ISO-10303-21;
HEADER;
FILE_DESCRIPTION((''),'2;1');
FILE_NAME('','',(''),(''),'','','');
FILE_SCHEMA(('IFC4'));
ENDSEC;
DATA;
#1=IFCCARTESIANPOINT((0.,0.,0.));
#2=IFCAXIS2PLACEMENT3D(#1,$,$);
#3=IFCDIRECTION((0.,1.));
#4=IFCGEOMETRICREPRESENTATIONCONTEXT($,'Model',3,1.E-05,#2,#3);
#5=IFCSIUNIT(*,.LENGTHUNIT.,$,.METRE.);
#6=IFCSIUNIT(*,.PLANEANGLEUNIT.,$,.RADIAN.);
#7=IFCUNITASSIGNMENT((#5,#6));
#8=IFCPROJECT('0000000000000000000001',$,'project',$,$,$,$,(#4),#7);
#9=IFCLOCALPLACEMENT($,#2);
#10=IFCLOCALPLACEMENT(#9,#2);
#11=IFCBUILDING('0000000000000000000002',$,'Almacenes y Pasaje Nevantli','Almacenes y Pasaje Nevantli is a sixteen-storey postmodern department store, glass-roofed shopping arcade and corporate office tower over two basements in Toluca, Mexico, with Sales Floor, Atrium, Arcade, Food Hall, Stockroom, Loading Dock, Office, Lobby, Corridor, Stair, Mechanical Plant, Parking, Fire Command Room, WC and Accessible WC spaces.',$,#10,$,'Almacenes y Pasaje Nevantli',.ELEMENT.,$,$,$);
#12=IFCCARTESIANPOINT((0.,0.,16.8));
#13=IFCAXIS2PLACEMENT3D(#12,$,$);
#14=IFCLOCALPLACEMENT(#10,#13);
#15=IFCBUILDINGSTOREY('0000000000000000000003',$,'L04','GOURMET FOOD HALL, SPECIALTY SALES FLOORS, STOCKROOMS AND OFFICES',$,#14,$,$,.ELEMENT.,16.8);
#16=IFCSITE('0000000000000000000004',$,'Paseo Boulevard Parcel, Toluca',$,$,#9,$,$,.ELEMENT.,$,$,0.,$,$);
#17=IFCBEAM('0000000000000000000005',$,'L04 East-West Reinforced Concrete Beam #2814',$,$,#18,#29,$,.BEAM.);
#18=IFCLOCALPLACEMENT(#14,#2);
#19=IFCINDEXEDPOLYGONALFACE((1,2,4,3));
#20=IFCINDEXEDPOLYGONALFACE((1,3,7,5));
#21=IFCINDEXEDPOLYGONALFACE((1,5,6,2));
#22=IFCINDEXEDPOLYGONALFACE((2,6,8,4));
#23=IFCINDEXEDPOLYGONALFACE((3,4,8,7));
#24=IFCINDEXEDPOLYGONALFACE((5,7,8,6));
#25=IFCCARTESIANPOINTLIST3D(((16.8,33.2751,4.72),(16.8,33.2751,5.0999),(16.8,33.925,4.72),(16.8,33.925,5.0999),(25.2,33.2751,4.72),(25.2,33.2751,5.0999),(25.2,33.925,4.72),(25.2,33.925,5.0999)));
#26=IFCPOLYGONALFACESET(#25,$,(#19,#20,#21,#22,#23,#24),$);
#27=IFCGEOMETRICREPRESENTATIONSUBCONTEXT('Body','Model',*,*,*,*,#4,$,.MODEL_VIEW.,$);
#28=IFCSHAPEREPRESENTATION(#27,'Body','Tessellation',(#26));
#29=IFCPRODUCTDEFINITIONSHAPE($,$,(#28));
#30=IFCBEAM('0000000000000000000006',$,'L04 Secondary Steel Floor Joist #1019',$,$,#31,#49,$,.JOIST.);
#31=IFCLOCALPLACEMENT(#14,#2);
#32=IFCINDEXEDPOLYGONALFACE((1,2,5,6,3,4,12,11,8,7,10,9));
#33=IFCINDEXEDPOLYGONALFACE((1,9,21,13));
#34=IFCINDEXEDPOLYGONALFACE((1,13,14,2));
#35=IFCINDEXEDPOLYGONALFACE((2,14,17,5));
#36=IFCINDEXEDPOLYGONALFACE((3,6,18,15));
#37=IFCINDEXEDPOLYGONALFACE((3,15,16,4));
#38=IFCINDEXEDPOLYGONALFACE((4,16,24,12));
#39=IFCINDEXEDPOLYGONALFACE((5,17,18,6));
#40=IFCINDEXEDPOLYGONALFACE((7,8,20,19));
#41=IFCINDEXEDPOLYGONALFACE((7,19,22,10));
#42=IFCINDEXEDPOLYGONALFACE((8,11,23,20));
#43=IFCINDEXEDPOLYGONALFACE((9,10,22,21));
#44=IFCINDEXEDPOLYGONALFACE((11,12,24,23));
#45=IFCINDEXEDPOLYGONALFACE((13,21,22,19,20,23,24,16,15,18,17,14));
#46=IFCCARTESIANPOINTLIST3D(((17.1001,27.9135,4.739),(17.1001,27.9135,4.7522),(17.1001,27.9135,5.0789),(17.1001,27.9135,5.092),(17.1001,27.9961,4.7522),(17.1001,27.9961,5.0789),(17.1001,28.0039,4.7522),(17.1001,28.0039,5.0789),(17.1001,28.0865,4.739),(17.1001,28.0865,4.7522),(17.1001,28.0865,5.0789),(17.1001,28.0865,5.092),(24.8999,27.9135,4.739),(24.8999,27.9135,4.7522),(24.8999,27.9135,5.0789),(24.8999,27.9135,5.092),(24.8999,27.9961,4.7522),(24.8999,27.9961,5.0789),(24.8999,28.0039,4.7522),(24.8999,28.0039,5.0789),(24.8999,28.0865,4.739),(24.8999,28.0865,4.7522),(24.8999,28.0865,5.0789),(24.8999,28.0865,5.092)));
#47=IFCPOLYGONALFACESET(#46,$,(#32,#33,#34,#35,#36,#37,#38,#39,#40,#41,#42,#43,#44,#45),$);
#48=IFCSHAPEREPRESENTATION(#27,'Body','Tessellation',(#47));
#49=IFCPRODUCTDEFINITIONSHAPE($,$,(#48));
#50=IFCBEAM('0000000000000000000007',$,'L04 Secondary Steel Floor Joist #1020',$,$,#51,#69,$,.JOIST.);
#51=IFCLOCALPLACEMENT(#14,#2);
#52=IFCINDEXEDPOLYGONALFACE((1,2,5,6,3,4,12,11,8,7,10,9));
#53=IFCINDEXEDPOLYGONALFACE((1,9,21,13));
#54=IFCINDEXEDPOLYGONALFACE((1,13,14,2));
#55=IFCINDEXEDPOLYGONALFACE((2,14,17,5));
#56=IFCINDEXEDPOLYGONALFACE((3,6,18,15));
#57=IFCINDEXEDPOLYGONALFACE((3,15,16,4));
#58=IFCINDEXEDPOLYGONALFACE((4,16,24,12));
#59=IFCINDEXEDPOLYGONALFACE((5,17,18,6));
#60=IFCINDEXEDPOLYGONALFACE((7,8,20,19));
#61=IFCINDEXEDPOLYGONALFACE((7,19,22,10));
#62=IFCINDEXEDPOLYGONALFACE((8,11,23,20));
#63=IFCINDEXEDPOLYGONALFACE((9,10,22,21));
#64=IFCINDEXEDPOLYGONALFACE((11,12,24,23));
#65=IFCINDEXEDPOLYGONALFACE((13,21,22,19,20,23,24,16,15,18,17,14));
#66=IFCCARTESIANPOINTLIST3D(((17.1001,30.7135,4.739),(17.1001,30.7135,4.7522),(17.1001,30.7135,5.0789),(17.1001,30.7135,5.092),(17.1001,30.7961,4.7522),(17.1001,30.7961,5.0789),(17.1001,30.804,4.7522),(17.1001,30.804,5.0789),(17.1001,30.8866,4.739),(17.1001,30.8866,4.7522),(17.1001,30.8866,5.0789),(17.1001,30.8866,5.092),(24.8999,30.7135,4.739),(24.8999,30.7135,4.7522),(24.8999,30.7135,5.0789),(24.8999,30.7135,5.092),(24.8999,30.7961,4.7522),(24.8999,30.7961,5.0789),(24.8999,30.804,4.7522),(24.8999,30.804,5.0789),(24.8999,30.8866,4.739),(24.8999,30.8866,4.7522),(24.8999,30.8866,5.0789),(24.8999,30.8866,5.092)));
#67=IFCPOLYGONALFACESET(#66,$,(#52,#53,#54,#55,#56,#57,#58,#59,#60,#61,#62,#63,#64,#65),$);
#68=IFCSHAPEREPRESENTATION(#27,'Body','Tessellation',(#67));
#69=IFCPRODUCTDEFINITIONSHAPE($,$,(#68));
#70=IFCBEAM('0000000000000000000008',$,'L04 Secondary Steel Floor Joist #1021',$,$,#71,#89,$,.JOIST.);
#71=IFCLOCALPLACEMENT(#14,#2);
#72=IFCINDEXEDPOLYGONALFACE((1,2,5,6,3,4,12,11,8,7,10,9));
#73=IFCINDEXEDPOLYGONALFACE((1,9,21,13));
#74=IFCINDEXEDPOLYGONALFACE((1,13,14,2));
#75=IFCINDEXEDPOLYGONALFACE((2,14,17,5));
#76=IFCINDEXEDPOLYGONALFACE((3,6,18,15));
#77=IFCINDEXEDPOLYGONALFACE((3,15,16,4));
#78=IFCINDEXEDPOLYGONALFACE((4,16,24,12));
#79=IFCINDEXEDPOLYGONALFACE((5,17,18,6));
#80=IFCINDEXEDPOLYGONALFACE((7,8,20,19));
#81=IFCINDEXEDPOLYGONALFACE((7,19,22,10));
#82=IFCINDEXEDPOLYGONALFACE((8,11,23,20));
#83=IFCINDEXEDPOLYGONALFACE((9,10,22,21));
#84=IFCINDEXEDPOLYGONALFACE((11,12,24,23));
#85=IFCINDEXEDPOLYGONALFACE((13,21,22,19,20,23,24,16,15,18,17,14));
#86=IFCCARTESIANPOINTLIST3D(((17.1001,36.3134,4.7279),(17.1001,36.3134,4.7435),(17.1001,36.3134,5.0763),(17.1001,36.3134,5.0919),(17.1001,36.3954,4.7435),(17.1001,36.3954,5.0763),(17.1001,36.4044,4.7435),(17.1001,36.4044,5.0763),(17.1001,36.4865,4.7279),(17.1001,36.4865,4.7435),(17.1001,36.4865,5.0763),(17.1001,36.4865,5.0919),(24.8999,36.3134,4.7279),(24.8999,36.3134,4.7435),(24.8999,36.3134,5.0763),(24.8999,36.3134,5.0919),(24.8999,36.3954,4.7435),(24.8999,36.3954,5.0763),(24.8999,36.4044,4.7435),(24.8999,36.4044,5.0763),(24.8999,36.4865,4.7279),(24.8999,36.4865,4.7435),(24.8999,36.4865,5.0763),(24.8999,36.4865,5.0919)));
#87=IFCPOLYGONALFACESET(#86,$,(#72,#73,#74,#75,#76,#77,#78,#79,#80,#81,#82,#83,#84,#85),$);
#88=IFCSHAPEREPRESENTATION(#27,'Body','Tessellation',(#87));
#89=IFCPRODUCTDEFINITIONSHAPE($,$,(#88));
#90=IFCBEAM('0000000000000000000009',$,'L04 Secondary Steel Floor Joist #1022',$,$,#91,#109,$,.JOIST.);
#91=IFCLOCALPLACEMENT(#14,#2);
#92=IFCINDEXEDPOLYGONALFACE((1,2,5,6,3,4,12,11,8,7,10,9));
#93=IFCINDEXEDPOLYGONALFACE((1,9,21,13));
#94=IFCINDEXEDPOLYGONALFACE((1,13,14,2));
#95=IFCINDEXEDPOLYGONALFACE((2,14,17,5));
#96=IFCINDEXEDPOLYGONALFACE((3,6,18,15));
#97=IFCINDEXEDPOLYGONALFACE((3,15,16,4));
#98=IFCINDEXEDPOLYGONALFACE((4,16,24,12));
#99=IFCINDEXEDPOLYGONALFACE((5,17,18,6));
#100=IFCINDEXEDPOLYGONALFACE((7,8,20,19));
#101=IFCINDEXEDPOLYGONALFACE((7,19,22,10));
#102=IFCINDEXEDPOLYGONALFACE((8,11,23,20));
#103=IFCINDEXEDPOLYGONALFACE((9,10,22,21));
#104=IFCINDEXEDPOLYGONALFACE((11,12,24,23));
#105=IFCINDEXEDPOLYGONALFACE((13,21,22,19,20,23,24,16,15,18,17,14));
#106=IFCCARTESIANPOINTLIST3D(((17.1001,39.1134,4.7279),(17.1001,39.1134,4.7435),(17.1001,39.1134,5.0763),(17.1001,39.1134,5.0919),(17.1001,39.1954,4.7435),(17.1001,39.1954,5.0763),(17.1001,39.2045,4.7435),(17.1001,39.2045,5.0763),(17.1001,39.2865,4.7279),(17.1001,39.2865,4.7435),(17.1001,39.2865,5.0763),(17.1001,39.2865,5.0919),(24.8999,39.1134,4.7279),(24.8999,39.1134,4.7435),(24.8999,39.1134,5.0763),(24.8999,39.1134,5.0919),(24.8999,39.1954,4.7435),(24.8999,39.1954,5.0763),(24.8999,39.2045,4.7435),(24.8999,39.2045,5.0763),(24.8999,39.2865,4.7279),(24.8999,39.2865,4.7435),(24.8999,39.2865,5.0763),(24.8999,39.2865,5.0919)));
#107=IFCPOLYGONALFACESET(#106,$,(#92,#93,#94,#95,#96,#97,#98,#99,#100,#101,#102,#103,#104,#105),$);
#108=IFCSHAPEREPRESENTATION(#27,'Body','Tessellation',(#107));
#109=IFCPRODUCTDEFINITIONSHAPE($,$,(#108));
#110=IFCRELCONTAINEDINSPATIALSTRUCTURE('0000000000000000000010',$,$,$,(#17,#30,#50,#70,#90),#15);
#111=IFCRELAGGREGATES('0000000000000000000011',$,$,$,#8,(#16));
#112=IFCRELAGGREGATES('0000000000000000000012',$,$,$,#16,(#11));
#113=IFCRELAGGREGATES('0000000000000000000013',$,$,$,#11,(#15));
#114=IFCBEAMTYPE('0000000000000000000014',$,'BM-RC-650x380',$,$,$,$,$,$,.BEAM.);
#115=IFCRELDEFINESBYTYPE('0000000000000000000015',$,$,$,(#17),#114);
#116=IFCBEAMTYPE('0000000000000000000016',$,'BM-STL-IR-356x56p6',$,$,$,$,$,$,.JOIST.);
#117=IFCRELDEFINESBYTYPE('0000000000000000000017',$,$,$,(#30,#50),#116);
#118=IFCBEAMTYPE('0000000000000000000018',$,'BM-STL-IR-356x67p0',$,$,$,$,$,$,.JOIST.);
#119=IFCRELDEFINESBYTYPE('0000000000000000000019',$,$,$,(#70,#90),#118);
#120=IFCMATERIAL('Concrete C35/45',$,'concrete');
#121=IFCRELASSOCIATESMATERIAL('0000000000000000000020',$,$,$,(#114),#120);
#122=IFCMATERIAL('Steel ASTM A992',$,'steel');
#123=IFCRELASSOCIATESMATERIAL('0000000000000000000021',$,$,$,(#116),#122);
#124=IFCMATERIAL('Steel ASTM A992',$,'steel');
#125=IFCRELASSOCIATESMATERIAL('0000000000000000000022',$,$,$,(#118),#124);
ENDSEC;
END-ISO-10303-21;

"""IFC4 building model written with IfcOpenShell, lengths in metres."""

from ifc_helpers import new_model, si_unit, direction, frame, origin, origin_2d, place, context, subcontext, project, spatial, rectangle, i_section, extrude, material, material_profile, profile_set, type_object, element, save


model = new_model("IFC4")

# Units and contexts
model_context = context("Model", 3, precision=1e-05, world=origin(), true_north=direction((0.0, 1.0)))
body_context = subcontext(model_context, "Body", "Model", "MODEL_VIEW")
ifc_project = project(units=[si_unit("LENGTHUNIT", "METRE"), si_unit("PLANEANGLEUNIT", "RADIAN")], contexts=[model_context])

# Site, building, storey
site_placement = place(None, origin())
site = spatial("IfcSite", under=ifc_project, at=site_placement, Name="Paseo Boulevard Parcel, Toluca", CompositionType="ELEMENT", RefElevation=0.0)
building_placement = place(site_placement, origin())
building = spatial("IfcBuilding", under=site, at=building_placement, Name="Almacenes y Pasaje Nevantli", Description="Almacenes y Pasaje Nevantli is a sixteen-storey postmodern department store, glass-roofed shopping arcade and corporate office tower over two basements in Toluca, Mexico, with Sales Floor, Atrium, Arcade, Food Hall, Stockroom, Loading Dock, Office, Lobby, Corridor, Stair, Mechanical Plant, Parking, Fire Command Room, WC and Accessible WC spaces.", LongName="Almacenes y Pasaje Nevantli", CompositionType="ELEMENT")
storey_placement = place(building_placement, frame((0.0, 0.0, 16.8)))
storey = spatial("IfcBuildingStorey", under=building, at=storey_placement, Name="L04", Description="GOURMET FOOD HALL, SPECIALTY SALES FLOORS, STOCKROOMS AND OFFICES", CompositionType="ELEMENT", Elevation=16.8)

# Beams
ifc_material_1 = material(Name="Concrete C35/45", Category="concrete")
ifc_material_profile_1 = material_profile(ifc_material_1, rectangle(XDim=0.6499, YDim=0.3799, at=origin_2d()), Name="RC-BM-650x380")
ifc_profile_set_1 = profile_set([ifc_material_profile_1], Name="Concrete C35/45")
beam_type_1 = type_object("IfcBeamType", Name="BM-RC-650x380", PredefinedType="BEAM", material=ifc_profile_set_1)
beam_1_placement = place(storey_placement, frame((16.8, 33.6001, 4.9099), z_axis=(1.0, 0.0, 0.0), x_axis=(0.0, 1.0, 0.0)))
element("IfcBeam", 1, at=beam_1_placement, inside=storey, type_object=beam_type_1, Name="L04 East-West Reinforced Concrete Beam #2814", PredefinedType="BEAM", context=body_context, shape_type="SweptSolid", body=[
    extrude(rectangle(XDim=0.6499, YDim=0.3799, at=origin_2d()), origin(), (0.0, 0.0, 1.0), 8.3999),
])
ifc_material_2 = material(Name="Steel ASTM A992", Category="steel")
ifc_material_profile_2 = material_profile(ifc_material_2, i_section(OverallWidth=0.1731, OverallDepth=0.353, WebThickness=0.0078, FlangeThickness=0.0132, at=origin_2d()), Name="IR 356x56.6")
ifc_profile_set_2 = profile_set([ifc_material_profile_2], Name="Steel ASTM A992")
beam_type_2 = type_object("IfcBeamType", Name="BM-STL-IR-356x56p6", PredefinedType="JOIST", material=ifc_profile_set_2)
for number, where, z_axis, x_axis, name in (
    (2, (17.1001, 28.0, 4.9155), (1.0, 0.0, 0.0), (0.0, 1.0, 0.0), "L04 Secondary Steel Floor Joist #1019"),
    (3, (17.1001, 30.8, 4.9155), (1.0, 0.0, 0.0), (0.0, 1.0, 0.0), "L04 Secondary Steel Floor Joist #1020"),
):
    element("IfcBeam", number, at=place(storey_placement, frame(where, z_axis=z_axis, x_axis=x_axis)), inside=storey, type_object=beam_type_2, Name=name, PredefinedType="JOIST", context=body_context, shape_type="SweptSolid", body=[
        extrude(i_section(OverallWidth=0.1731, OverallDepth=0.353, WebThickness=0.0078, FlangeThickness=0.0132, at=origin_2d()), origin(), (0.0, 0.0, 1.0), 7.7998),
    ])
ifc_material_3 = material(Name="Steel ASTM A992", Category="steel")
ifc_material_profile_3 = material_profile(ifc_material_3, i_section(OverallWidth=0.1731, OverallDepth=0.364, WebThickness=0.009, FlangeThickness=0.0156, at=origin_2d()), Name="IR 356x67.0")
ifc_profile_set_3 = profile_set([ifc_material_profile_3], Name="Steel ASTM A992")
beam_type_3 = type_object("IfcBeamType", Name="BM-STL-IR-356x67p0", PredefinedType="JOIST", material=ifc_profile_set_3)
for number, where, z_axis, x_axis, name in (
    (4, (17.1001, 36.3999, 4.9099), (1.0, 0.0, 0.0), (0.0, 1.0, 0.0), "L04 Secondary Steel Floor Joist #1021"),
    (5, (17.1001, 39.2, 4.9099), (1.0, 0.0, 0.0), (0.0, 1.0, 0.0), "L04 Secondary Steel Floor Joist #1022"),
):
    element("IfcBeam", number, at=place(storey_placement, frame(where, z_axis=z_axis, x_axis=x_axis)), inside=storey, type_object=beam_type_3, Name=name, PredefinedType="JOIST", context=body_context, shape_type="SweptSolid", body=[
        extrude(i_section(OverallWidth=0.1731, OverallDepth=0.364, WebThickness=0.009, FlangeThickness=0.0156, at=origin_2d()), origin(), (0.0, 0.0, 1.0), 7.7998),
    ])

save(model, "model.ifc")
